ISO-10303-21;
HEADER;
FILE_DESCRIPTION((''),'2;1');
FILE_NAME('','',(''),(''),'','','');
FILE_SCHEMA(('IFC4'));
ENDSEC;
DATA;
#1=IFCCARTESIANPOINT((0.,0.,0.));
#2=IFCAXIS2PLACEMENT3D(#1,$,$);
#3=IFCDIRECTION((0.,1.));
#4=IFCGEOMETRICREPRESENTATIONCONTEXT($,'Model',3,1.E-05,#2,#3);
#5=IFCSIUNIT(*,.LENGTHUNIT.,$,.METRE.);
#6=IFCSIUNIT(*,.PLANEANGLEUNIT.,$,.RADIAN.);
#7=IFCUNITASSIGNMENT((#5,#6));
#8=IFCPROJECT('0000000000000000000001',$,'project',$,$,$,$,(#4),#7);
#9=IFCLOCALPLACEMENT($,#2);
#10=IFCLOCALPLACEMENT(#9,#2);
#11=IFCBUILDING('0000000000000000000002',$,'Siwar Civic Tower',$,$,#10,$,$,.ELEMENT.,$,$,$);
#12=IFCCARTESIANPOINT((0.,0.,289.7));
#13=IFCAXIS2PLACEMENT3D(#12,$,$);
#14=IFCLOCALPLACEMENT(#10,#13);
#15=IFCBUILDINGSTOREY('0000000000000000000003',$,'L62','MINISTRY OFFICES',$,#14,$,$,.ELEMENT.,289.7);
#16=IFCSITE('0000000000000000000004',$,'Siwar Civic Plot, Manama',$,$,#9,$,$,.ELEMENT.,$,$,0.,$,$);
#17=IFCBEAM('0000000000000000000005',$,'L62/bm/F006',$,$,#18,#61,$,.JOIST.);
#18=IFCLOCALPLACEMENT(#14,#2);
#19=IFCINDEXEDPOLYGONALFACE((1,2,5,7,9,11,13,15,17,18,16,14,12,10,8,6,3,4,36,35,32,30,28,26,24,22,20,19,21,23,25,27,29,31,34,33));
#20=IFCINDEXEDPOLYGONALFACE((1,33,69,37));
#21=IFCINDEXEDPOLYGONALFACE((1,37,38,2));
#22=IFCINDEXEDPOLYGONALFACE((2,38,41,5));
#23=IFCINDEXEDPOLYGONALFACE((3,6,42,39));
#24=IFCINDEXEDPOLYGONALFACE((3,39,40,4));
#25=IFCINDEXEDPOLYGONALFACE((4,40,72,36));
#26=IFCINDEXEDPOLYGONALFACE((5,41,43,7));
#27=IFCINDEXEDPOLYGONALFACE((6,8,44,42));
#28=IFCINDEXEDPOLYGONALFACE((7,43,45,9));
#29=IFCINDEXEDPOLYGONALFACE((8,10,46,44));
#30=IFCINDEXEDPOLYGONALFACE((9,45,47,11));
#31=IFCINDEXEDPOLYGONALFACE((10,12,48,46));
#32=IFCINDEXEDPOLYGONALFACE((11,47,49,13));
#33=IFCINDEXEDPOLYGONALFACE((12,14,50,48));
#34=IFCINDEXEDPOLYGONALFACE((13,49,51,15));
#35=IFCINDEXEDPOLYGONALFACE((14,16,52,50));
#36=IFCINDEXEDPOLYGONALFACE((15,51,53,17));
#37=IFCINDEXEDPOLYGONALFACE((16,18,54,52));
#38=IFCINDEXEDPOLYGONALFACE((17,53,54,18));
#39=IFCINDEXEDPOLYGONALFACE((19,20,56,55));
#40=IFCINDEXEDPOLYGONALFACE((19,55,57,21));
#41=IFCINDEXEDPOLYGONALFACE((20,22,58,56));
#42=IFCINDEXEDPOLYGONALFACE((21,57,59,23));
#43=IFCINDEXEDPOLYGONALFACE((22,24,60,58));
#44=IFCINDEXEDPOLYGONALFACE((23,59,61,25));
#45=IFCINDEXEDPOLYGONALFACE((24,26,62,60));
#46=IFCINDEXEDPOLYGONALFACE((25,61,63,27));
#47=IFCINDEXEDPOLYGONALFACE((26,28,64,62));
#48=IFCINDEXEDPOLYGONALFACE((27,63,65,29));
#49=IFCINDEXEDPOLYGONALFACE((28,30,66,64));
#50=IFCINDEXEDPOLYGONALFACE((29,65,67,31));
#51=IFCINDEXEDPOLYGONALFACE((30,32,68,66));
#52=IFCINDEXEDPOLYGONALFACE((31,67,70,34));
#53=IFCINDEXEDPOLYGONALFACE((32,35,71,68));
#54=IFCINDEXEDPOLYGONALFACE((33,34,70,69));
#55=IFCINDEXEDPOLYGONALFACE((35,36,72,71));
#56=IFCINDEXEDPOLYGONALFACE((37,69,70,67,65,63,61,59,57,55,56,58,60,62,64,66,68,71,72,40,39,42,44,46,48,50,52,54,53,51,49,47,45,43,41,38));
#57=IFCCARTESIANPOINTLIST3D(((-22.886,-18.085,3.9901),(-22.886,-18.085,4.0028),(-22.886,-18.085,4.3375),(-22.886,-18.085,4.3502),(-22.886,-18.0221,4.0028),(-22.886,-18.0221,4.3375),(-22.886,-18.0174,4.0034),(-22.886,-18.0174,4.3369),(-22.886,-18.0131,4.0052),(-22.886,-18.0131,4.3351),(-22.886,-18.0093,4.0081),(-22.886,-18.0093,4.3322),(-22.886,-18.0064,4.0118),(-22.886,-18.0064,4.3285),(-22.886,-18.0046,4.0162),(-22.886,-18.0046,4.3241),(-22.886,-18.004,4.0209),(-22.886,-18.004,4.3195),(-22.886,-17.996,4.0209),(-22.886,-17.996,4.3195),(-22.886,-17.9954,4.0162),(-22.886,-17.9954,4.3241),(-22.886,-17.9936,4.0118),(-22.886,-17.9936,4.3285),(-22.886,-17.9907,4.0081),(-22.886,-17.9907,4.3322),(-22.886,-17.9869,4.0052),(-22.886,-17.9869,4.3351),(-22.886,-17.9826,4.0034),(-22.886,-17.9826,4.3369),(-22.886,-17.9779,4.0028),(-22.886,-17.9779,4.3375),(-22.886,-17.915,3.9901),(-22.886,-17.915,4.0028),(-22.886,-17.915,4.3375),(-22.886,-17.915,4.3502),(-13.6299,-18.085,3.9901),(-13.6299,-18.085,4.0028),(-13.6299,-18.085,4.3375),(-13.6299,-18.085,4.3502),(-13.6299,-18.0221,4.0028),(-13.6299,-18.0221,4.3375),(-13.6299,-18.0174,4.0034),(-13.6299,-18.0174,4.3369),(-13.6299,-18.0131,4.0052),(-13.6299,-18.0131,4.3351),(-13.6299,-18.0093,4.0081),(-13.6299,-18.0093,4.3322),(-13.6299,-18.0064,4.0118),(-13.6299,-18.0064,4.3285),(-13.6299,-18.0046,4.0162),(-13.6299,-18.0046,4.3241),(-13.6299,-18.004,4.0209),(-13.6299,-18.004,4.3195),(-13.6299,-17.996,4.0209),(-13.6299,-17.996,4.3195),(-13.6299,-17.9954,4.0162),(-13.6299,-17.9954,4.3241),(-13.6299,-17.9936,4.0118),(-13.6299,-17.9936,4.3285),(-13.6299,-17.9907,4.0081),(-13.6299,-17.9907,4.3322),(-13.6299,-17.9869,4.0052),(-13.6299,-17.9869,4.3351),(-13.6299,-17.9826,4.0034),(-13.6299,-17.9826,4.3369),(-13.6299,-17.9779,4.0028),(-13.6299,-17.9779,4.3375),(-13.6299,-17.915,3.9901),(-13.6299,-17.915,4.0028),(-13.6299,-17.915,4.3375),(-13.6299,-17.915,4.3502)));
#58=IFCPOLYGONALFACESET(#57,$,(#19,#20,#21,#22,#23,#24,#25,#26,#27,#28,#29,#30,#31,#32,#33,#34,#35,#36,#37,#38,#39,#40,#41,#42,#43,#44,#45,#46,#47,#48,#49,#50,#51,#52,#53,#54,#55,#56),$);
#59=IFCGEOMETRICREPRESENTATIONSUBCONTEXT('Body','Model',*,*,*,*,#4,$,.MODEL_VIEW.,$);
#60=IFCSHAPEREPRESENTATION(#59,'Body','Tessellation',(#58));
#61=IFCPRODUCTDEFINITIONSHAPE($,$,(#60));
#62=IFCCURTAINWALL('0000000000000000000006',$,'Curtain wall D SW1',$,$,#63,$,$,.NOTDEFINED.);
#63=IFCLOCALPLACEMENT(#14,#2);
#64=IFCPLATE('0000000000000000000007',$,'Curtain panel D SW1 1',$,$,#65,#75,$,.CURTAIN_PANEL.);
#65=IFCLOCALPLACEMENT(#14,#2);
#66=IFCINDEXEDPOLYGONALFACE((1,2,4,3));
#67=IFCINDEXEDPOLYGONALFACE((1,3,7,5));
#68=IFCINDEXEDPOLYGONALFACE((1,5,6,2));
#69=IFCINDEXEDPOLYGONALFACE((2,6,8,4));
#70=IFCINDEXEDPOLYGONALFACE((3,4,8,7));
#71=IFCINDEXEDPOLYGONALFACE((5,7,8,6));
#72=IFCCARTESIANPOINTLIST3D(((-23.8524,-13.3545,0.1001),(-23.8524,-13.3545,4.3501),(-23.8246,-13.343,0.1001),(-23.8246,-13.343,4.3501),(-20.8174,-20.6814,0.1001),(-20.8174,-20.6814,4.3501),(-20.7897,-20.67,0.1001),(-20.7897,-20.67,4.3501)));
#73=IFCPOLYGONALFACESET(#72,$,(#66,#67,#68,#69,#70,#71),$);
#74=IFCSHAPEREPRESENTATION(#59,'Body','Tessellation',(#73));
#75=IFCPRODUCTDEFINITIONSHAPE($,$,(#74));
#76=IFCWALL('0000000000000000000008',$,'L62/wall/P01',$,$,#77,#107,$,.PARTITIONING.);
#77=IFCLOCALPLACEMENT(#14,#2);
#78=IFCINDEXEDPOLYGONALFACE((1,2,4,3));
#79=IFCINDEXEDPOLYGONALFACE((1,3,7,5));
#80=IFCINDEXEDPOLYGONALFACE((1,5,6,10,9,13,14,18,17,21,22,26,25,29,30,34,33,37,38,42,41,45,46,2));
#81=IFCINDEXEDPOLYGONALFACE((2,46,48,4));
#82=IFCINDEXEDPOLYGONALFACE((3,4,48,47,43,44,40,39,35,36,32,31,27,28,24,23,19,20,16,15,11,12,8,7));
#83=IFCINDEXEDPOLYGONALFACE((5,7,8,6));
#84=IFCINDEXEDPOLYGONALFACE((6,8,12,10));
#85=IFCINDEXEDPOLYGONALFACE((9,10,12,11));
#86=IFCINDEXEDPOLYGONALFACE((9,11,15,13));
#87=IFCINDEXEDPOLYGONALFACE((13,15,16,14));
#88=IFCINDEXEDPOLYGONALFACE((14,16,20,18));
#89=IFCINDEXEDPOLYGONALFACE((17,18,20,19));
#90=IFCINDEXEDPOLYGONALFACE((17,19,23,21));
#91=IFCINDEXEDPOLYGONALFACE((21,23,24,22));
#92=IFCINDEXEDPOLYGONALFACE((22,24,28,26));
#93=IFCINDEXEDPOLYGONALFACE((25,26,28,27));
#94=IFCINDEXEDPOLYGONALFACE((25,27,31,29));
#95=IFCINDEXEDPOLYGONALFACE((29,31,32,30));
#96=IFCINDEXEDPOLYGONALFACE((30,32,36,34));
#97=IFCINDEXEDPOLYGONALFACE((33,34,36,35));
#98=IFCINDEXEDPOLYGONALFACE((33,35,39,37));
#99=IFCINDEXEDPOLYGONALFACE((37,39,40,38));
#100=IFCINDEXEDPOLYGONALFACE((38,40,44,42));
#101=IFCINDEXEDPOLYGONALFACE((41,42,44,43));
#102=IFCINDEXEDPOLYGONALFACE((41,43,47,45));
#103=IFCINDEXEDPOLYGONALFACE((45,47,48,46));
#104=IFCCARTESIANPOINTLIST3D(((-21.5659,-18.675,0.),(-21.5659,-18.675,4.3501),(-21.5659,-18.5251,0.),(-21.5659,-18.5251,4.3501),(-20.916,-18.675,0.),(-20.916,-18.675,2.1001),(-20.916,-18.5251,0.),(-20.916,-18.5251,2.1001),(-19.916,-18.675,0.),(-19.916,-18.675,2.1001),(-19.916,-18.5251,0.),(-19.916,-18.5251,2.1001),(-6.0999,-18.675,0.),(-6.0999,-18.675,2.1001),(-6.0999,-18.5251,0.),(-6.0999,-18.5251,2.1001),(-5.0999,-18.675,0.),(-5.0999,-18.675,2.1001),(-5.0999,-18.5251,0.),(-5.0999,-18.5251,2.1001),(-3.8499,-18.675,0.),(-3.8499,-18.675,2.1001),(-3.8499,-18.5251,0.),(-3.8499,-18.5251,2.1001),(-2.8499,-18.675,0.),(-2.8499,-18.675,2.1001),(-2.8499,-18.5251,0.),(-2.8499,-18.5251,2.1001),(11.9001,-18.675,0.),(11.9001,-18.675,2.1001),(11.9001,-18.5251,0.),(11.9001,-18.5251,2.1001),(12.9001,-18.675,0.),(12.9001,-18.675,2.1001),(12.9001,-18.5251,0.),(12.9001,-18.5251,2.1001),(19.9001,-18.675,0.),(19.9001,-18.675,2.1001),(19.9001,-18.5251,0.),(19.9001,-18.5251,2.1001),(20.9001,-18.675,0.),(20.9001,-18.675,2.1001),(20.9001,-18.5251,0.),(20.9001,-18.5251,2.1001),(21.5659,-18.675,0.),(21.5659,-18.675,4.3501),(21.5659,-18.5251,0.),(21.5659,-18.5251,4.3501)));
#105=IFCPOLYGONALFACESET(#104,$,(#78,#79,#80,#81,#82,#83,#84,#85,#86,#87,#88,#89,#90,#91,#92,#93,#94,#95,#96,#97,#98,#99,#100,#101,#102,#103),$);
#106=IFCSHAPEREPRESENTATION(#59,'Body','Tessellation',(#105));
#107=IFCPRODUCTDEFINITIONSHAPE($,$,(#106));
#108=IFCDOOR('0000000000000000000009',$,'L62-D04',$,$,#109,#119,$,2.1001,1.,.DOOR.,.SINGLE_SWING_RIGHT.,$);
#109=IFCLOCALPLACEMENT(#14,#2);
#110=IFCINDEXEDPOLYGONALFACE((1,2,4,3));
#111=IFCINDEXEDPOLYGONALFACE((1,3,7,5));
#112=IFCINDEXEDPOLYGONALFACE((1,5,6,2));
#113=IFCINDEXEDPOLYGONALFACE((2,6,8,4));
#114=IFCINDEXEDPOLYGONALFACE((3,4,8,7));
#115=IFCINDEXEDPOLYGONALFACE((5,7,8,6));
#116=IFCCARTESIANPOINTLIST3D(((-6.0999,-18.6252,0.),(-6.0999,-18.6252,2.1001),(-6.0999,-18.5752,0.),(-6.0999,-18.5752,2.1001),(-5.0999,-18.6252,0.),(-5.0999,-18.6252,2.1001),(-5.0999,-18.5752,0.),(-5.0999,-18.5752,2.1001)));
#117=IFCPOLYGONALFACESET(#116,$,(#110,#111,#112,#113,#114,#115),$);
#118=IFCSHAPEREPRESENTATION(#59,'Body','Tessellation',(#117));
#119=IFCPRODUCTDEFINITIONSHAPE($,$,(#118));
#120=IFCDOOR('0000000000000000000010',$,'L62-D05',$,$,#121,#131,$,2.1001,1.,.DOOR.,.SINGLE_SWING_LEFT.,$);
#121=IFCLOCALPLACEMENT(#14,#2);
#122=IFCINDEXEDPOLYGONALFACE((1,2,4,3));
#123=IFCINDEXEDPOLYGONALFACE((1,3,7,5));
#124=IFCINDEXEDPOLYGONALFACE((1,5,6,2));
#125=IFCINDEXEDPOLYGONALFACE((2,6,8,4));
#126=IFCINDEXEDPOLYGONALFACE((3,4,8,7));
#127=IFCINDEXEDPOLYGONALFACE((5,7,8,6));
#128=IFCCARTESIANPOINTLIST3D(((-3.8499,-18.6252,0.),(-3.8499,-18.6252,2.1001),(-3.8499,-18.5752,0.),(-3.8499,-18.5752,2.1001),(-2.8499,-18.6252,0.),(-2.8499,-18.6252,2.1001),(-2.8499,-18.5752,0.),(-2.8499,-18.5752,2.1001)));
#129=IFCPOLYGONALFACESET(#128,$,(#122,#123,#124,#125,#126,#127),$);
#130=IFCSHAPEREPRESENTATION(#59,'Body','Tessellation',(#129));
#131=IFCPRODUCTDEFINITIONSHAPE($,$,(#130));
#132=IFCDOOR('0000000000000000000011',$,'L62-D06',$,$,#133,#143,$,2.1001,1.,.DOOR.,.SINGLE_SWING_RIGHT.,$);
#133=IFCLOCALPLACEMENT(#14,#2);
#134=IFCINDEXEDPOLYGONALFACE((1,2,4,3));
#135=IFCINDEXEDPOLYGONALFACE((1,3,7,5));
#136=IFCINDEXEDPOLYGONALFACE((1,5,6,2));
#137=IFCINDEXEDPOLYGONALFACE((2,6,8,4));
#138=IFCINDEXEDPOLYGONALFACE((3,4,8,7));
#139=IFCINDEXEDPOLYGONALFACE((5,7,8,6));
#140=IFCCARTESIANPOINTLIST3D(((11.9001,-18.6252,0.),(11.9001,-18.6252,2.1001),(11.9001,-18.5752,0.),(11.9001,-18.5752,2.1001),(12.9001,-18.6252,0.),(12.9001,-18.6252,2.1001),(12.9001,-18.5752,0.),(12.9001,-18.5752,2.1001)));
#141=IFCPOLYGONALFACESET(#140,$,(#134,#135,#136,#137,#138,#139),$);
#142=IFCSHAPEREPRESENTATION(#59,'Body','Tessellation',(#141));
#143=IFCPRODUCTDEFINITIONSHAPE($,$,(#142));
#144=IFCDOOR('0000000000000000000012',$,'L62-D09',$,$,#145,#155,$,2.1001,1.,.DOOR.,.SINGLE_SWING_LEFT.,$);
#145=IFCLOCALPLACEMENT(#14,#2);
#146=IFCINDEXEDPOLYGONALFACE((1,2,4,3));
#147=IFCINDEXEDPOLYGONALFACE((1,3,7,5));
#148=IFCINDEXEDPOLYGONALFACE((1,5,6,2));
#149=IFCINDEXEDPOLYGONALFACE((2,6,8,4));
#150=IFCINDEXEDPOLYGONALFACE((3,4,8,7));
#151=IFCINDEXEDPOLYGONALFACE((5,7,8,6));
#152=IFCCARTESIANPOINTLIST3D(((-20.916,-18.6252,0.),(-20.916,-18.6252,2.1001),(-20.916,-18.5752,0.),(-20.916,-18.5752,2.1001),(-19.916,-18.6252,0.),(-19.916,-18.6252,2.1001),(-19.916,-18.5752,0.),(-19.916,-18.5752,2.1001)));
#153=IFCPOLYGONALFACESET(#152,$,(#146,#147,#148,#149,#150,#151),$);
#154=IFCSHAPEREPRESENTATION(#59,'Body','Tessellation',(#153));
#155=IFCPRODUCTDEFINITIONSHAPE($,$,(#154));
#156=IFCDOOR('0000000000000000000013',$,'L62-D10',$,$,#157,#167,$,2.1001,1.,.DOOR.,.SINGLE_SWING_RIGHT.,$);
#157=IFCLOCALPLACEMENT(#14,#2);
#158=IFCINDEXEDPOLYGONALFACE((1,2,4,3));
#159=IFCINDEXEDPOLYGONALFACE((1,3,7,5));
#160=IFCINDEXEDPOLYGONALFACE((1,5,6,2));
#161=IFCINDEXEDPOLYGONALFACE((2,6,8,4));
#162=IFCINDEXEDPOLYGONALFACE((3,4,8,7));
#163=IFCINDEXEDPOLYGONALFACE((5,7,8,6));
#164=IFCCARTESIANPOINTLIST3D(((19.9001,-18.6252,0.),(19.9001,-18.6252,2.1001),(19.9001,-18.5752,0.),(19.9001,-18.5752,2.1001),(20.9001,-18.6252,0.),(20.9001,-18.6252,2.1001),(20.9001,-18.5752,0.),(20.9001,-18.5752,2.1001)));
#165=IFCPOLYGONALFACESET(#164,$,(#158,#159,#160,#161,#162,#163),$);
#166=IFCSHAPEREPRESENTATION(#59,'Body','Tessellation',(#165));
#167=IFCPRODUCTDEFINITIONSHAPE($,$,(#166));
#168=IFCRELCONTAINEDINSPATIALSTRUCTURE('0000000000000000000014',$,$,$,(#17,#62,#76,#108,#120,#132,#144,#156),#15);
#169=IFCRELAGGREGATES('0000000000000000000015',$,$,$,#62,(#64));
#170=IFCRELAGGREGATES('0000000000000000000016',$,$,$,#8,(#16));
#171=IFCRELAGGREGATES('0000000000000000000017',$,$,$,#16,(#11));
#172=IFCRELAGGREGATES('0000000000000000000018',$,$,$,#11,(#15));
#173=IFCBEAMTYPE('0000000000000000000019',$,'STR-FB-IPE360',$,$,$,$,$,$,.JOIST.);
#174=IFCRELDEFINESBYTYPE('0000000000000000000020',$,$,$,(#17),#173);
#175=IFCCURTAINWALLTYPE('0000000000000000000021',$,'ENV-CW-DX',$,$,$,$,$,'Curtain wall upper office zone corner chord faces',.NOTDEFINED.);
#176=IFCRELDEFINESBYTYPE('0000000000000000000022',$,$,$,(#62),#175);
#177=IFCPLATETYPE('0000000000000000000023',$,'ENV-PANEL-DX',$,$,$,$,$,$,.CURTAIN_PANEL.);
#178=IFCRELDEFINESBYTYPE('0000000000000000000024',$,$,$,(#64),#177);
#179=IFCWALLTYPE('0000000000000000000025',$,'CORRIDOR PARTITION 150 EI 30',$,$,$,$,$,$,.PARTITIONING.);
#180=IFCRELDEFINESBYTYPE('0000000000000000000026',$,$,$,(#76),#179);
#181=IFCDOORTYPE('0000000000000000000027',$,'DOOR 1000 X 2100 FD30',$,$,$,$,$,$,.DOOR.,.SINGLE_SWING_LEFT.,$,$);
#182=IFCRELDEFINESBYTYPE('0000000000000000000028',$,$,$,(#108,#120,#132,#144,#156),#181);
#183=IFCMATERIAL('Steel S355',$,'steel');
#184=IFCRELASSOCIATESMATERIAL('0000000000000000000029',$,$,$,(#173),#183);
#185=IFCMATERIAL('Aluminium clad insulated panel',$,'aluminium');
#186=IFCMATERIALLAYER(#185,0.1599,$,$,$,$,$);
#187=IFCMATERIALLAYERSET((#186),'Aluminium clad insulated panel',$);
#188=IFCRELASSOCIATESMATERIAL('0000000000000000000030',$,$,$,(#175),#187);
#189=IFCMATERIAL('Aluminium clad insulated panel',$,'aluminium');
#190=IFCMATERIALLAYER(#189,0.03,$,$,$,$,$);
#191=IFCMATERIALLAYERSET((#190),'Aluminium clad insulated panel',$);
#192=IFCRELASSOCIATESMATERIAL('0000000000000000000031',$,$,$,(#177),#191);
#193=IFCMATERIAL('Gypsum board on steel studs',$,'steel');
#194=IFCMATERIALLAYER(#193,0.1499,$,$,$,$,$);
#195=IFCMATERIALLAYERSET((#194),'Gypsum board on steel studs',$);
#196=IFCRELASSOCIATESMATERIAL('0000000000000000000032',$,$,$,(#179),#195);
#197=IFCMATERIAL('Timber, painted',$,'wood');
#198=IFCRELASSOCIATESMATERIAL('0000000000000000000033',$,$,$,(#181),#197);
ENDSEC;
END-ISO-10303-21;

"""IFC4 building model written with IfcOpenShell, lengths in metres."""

from ifc_helpers import new_model, si_unit, direction, frame, frame_2d, origin, origin_2d, place, context, subcontext, project, spatial, rectangle, i_section, extrude, material, layer, layer_set, material_profile, profile_set, type_object, element, fill, aggregate, save


model = new_model("IFC4")

# Units and contexts
model_context = context("Model", 3, precision=1e-05, world=origin(), true_north=direction((0.0, 1.0)))
body_context = subcontext(model_context, "Body", "Model", "MODEL_VIEW")
ifc_project = project(units=[si_unit("LENGTHUNIT", "METRE"), si_unit("PLANEANGLEUNIT", "RADIAN")], contexts=[model_context])

# Site, building, storey
site_placement = place(None, origin())
site = spatial("IfcSite", under=ifc_project, at=site_placement, Name="Siwar Civic Plot, Manama", CompositionType="ELEMENT", RefElevation=0.0)
building_placement = place(site_placement, origin())
building = spatial("IfcBuilding", under=site, at=building_placement, Name="Siwar Civic Tower", CompositionType="ELEMENT")
storey_placement = place(building_placement, frame((0.0, 0.0, 289.7)))
storey = spatial("IfcBuildingStorey", under=building, at=storey_placement, Name="L62", Description="MINISTRY OFFICES", CompositionType="ELEMENT", Elevation=289.7)

# Beam
ifc_material_1 = material(Name="Steel S355", Category="steel")
ifc_material_profile_1 = material_profile(ifc_material_1, i_section(OverallWidth=0.1699, OverallDepth=0.3601, WebThickness=0.0081, FlangeThickness=0.0127, FilletRadius=0.0181, at=origin_2d()), Name="IPE360")
ifc_profile_set_1 = profile_set([ifc_material_profile_1], Name="Steel S355")
beam_type = type_object("IfcBeamType", Name="STR-FB-IPE360", PredefinedType="JOIST", material=ifc_profile_set_1)
beam_placement = place(storey_placement, frame((-22.886, -18.0, 4.1702), z_axis=(1.0, 0.0, 0.0), x_axis=(0.0, 1.0, 0.0)))
element("IfcBeam", 1, at=beam_placement, inside=storey, type_object=beam_type, Name="L62/bm/F006", PredefinedType="JOIST", context=body_context, shape_type="SweptSolid", body=[
    extrude(i_section(OverallWidth=0.1699, OverallDepth=0.3601, WebThickness=0.0081, FlangeThickness=0.0127, FilletRadius=0.0181, at=origin_2d()), origin(), (0.0, 0.0, 1.0), 9.2561),
])

# Curtain wall, plate
ifc_material_2 = material(Name="Aluminium clad insulated panel", Category="aluminium")
ifc_layer_1 = layer(ifc_material_2, 0.1599)
ifc_layer_set_1 = layer_set([ifc_layer_1], Name="Aluminium clad insulated panel")
curtain_wall_type = type_object("IfcCurtainWallType", Name="ENV-CW-DX", ElementType="Curtain wall upper office zone corner chord faces", PredefinedType="NOTDEFINED", material=ifc_layer_set_1)
curtain_wall_placement = place(storey_placement, origin())
curtain_wall = element("IfcCurtainWall", 2, at=curtain_wall_placement, inside=storey, type_object=curtain_wall_type, Name="Curtain wall D SW1", PredefinedType="NOTDEFINED")
ifc_material_3 = material(Name="Aluminium clad insulated panel", Category="aluminium")
ifc_layer_2 = layer(ifc_material_3, 0.03)
ifc_layer_set_2 = layer_set([ifc_layer_2], Name="Aluminium clad insulated panel")
plate_type = type_object("IfcPlateType", Name="ENV-PANEL-DX", PredefinedType="CURTAIN_PANEL", material=ifc_layer_set_2)
plate_placement = place(storey_placement, frame((-22.321, -17.0122, 0.1001), z_axis=(0.0, 0.0, 1.0), x_axis=(0.382683, -0.92388, 0.0)))
plate = element("IfcPlate", 3, at=plate_placement, type_object=plate_type, Name="Curtain panel D SW1 1", PredefinedType="CURTAIN_PANEL", context=body_context, shape_type="SweptSolid", body=[
    extrude(rectangle(XDim=7.9307, YDim=0.03, at=origin_2d()), origin(), (0.0, 0.0, 1.0), 4.25),
])
aggregate(curtain_wall, [plate])

# Wall, openings, doors
ifc_material_4 = material(Name="Gypsum board on steel studs", Category="steel")
ifc_layer_3 = layer(ifc_material_4, 0.1499)
ifc_layer_set_3 = layer_set([ifc_layer_3], Name="Gypsum board on steel studs")
wall_type = type_object("IfcWallType", Name="CORRIDOR PARTITION 150 EI 30", PredefinedType="PARTITIONING", material=ifc_layer_set_3)
wall_1_placement = place(storey_placement, frame((-21.5659, -18.6001, 0.0), z_axis=(0.0, 0.0, 1.0), x_axis=(1.0, 0.0, 0.0)))
wall_1 = element("IfcWall", 4, at=wall_1_placement, inside=storey, type_object=wall_type, Name="L62/wall/P01", PredefinedType="PARTITIONING", context=body_context, shape_type="SweptSolid", body=[
    extrude(rectangle(XDim=43.1318, YDim=0.1499, at=frame_2d((21.5659, 0.0))), origin(), (0.0, 0.0, 1.0), 4.3501),
])
opening_1_placement = place(wall_1_placement, frame((15.4661, 0.0, 0.0)))
opening_1 = element("IfcOpeningElement", 5, at=opening_1_placement, cuts=wall_1, PredefinedType="OPENING", context=body_context, shape_type="SweptSolid", body=[
    extrude(rectangle(XDim=1.0, YDim=2.1001, at=frame_2d((0.5, 1.05))), frame((0.0, 0.085, 0.0), z_axis=(0.0, -1.0, 0.0), x_axis=(1.0, 0.0, 0.0)), (0.0, 0.0, 1.0), 0.1699),
])
opening_2_placement = place(wall_1_placement, frame((17.7161, 0.0, 0.0)))
opening_2 = element("IfcOpeningElement", 6, at=opening_2_placement, cuts=wall_1, PredefinedType="OPENING", context=body_context, shape_type="SweptSolid", body=[
    extrude(rectangle(XDim=1.0, YDim=2.1001, at=frame_2d((0.5, 1.05))), frame((0.0, 0.085, 0.0), z_axis=(0.0, -1.0, 0.0), x_axis=(1.0, 0.0, 0.0)), (0.0, 0.0, 1.0), 0.1699),
])
opening_3_placement = place(wall_1_placement, frame((33.4661, 0.0, 0.0)))
opening_3 = element("IfcOpeningElement", 7, at=opening_3_placement, cuts=wall_1, PredefinedType="OPENING", context=body_context, shape_type="SweptSolid", body=[
    extrude(rectangle(XDim=1.0, YDim=2.1001, at=frame_2d((0.5, 1.05))), frame((0.0, 0.085, 0.0), z_axis=(0.0, -1.0, 0.0), x_axis=(1.0, 0.0, 0.0)), (0.0, 0.0, 1.0), 0.1699),
])
opening_4_placement = place(wall_1_placement, frame((0.6499, 0.0, 0.0)))
opening_4 = element("IfcOpeningElement", 8, at=opening_4_placement, cuts=wall_1, PredefinedType="OPENING", context=body_context, shape_type="SweptSolid", body=[
    extrude(rectangle(XDim=1.0, YDim=2.1001, at=frame_2d((0.5, 1.05))), frame((0.0, 0.085, 0.0), z_axis=(0.0, -1.0, 0.0), x_axis=(1.0, 0.0, 0.0)), (0.0, 0.0, 1.0), 0.1699),
])
opening_5_placement = place(wall_1_placement, frame((41.4661, 0.0, 0.0)))
opening_5 = element("IfcOpeningElement", 9, at=opening_5_placement, cuts=wall_1, PredefinedType="OPENING", context=body_context, shape_type="SweptSolid", body=[
    extrude(rectangle(XDim=1.0, YDim=2.1001, at=frame_2d((0.5, 1.05))), frame((0.0, 0.085, 0.0), z_axis=(0.0, -1.0, 0.0), x_axis=(1.0, 0.0, 0.0)), (0.0, 0.0, 1.0), 0.1699),
])
ifc_material_5 = material(Name="Timber, painted", Category="wood")
door_type = type_object("IfcDoorType", Name="DOOR 1000 X 2100 FD30", OperationType="SINGLE_SWING_LEFT", PredefinedType="DOOR", material=ifc_material_5)
door_1_placement = place(opening_1_placement, origin())
door_1 = element("IfcDoor", 10, at=door_1_placement, inside=storey, type_object=door_type, Name="L62-D04", OperationType="SINGLE_SWING_RIGHT", OverallHeight=2.1001, OverallWidth=1.0, PredefinedType="DOOR", context=body_context, shape_type="SweptSolid", body=[
    extrude(rectangle(XDim=1.0, YDim=2.1001, at=frame_2d((0.5, 1.05))), frame((0.0, 0.0249, 0.0), z_axis=(0.0, -1.0, 0.0), x_axis=(1.0, 0.0, 0.0)), (0.0, 0.0, 1.0), 0.05),
])
fill(opening_1, door_1)
door_2_placement = place(opening_2_placement, origin())
door_2 = element("IfcDoor", 11, at=door_2_placement, inside=storey, type_object=door_type, Name="L62-D05", OperationType="SINGLE_SWING_LEFT", OverallHeight=2.1001, OverallWidth=1.0, PredefinedType="DOOR", context=body_context, shape_type="SweptSolid", body=[
    extrude(rectangle(XDim=1.0, YDim=2.1001, at=frame_2d((0.5, 1.05))), frame((0.0, 0.0249, 0.0), z_axis=(0.0, -1.0, 0.0), x_axis=(1.0, 0.0, 0.0)), (0.0, 0.0, 1.0), 0.05),
])
fill(opening_2, door_2)
door_3_placement = place(opening_3_placement, origin())
door_3 = element("IfcDoor", 12, at=door_3_placement, inside=storey, type_object=door_type, Name="L62-D06", OperationType="SINGLE_SWING_RIGHT", OverallHeight=2.1001, OverallWidth=1.0, PredefinedType="DOOR", context=body_context, shape_type="SweptSolid", body=[
    extrude(rectangle(XDim=1.0, YDim=2.1001, at=frame_2d((0.5, 1.05))), frame((0.0, 0.0249, 0.0), z_axis=(0.0, -1.0, 0.0), x_axis=(1.0, 0.0, 0.0)), (0.0, 0.0, 1.0), 0.05),
])
fill(opening_3, door_3)
door_4_placement = place(opening_4_placement, origin())
door_4 = element("IfcDoor", 13, at=door_4_placement, inside=storey, type_object=door_type, Name="L62-D09", OperationType="SINGLE_SWING_LEFT", OverallHeight=2.1001, OverallWidth=1.0, PredefinedType="DOOR", context=body_context, shape_type="SweptSolid", body=[
    extrude(rectangle(XDim=1.0, YDim=2.1001, at=frame_2d((0.5, 1.05))), frame((0.0, 0.0249, 0.0), z_axis=(0.0, -1.0, 0.0), x_axis=(1.0, 0.0, 0.0)), (0.0, 0.0, 1.0), 0.05),
])
fill(opening_4, door_4)
door_5_placement = place(opening_5_placement, origin())
door_5 = element("IfcDoor", 14, at=door_5_placement, inside=storey, type_object=door_type, Name="L62-D10", OperationType="SINGLE_SWING_RIGHT", OverallHeight=2.1001, OverallWidth=1.0, PredefinedType="DOOR", context=body_context, shape_type="SweptSolid", body=[
    extrude(rectangle(XDim=1.0, YDim=2.1001, at=frame_2d((0.5, 1.05))), frame((0.0, 0.0249, 0.0), z_axis=(0.0, -1.0, 0.0), x_axis=(1.0, 0.0, 0.0)), (0.0, 0.0, 1.0), 0.05),
])
fill(opening_5, door_5)

save(model, "model.ifc")
